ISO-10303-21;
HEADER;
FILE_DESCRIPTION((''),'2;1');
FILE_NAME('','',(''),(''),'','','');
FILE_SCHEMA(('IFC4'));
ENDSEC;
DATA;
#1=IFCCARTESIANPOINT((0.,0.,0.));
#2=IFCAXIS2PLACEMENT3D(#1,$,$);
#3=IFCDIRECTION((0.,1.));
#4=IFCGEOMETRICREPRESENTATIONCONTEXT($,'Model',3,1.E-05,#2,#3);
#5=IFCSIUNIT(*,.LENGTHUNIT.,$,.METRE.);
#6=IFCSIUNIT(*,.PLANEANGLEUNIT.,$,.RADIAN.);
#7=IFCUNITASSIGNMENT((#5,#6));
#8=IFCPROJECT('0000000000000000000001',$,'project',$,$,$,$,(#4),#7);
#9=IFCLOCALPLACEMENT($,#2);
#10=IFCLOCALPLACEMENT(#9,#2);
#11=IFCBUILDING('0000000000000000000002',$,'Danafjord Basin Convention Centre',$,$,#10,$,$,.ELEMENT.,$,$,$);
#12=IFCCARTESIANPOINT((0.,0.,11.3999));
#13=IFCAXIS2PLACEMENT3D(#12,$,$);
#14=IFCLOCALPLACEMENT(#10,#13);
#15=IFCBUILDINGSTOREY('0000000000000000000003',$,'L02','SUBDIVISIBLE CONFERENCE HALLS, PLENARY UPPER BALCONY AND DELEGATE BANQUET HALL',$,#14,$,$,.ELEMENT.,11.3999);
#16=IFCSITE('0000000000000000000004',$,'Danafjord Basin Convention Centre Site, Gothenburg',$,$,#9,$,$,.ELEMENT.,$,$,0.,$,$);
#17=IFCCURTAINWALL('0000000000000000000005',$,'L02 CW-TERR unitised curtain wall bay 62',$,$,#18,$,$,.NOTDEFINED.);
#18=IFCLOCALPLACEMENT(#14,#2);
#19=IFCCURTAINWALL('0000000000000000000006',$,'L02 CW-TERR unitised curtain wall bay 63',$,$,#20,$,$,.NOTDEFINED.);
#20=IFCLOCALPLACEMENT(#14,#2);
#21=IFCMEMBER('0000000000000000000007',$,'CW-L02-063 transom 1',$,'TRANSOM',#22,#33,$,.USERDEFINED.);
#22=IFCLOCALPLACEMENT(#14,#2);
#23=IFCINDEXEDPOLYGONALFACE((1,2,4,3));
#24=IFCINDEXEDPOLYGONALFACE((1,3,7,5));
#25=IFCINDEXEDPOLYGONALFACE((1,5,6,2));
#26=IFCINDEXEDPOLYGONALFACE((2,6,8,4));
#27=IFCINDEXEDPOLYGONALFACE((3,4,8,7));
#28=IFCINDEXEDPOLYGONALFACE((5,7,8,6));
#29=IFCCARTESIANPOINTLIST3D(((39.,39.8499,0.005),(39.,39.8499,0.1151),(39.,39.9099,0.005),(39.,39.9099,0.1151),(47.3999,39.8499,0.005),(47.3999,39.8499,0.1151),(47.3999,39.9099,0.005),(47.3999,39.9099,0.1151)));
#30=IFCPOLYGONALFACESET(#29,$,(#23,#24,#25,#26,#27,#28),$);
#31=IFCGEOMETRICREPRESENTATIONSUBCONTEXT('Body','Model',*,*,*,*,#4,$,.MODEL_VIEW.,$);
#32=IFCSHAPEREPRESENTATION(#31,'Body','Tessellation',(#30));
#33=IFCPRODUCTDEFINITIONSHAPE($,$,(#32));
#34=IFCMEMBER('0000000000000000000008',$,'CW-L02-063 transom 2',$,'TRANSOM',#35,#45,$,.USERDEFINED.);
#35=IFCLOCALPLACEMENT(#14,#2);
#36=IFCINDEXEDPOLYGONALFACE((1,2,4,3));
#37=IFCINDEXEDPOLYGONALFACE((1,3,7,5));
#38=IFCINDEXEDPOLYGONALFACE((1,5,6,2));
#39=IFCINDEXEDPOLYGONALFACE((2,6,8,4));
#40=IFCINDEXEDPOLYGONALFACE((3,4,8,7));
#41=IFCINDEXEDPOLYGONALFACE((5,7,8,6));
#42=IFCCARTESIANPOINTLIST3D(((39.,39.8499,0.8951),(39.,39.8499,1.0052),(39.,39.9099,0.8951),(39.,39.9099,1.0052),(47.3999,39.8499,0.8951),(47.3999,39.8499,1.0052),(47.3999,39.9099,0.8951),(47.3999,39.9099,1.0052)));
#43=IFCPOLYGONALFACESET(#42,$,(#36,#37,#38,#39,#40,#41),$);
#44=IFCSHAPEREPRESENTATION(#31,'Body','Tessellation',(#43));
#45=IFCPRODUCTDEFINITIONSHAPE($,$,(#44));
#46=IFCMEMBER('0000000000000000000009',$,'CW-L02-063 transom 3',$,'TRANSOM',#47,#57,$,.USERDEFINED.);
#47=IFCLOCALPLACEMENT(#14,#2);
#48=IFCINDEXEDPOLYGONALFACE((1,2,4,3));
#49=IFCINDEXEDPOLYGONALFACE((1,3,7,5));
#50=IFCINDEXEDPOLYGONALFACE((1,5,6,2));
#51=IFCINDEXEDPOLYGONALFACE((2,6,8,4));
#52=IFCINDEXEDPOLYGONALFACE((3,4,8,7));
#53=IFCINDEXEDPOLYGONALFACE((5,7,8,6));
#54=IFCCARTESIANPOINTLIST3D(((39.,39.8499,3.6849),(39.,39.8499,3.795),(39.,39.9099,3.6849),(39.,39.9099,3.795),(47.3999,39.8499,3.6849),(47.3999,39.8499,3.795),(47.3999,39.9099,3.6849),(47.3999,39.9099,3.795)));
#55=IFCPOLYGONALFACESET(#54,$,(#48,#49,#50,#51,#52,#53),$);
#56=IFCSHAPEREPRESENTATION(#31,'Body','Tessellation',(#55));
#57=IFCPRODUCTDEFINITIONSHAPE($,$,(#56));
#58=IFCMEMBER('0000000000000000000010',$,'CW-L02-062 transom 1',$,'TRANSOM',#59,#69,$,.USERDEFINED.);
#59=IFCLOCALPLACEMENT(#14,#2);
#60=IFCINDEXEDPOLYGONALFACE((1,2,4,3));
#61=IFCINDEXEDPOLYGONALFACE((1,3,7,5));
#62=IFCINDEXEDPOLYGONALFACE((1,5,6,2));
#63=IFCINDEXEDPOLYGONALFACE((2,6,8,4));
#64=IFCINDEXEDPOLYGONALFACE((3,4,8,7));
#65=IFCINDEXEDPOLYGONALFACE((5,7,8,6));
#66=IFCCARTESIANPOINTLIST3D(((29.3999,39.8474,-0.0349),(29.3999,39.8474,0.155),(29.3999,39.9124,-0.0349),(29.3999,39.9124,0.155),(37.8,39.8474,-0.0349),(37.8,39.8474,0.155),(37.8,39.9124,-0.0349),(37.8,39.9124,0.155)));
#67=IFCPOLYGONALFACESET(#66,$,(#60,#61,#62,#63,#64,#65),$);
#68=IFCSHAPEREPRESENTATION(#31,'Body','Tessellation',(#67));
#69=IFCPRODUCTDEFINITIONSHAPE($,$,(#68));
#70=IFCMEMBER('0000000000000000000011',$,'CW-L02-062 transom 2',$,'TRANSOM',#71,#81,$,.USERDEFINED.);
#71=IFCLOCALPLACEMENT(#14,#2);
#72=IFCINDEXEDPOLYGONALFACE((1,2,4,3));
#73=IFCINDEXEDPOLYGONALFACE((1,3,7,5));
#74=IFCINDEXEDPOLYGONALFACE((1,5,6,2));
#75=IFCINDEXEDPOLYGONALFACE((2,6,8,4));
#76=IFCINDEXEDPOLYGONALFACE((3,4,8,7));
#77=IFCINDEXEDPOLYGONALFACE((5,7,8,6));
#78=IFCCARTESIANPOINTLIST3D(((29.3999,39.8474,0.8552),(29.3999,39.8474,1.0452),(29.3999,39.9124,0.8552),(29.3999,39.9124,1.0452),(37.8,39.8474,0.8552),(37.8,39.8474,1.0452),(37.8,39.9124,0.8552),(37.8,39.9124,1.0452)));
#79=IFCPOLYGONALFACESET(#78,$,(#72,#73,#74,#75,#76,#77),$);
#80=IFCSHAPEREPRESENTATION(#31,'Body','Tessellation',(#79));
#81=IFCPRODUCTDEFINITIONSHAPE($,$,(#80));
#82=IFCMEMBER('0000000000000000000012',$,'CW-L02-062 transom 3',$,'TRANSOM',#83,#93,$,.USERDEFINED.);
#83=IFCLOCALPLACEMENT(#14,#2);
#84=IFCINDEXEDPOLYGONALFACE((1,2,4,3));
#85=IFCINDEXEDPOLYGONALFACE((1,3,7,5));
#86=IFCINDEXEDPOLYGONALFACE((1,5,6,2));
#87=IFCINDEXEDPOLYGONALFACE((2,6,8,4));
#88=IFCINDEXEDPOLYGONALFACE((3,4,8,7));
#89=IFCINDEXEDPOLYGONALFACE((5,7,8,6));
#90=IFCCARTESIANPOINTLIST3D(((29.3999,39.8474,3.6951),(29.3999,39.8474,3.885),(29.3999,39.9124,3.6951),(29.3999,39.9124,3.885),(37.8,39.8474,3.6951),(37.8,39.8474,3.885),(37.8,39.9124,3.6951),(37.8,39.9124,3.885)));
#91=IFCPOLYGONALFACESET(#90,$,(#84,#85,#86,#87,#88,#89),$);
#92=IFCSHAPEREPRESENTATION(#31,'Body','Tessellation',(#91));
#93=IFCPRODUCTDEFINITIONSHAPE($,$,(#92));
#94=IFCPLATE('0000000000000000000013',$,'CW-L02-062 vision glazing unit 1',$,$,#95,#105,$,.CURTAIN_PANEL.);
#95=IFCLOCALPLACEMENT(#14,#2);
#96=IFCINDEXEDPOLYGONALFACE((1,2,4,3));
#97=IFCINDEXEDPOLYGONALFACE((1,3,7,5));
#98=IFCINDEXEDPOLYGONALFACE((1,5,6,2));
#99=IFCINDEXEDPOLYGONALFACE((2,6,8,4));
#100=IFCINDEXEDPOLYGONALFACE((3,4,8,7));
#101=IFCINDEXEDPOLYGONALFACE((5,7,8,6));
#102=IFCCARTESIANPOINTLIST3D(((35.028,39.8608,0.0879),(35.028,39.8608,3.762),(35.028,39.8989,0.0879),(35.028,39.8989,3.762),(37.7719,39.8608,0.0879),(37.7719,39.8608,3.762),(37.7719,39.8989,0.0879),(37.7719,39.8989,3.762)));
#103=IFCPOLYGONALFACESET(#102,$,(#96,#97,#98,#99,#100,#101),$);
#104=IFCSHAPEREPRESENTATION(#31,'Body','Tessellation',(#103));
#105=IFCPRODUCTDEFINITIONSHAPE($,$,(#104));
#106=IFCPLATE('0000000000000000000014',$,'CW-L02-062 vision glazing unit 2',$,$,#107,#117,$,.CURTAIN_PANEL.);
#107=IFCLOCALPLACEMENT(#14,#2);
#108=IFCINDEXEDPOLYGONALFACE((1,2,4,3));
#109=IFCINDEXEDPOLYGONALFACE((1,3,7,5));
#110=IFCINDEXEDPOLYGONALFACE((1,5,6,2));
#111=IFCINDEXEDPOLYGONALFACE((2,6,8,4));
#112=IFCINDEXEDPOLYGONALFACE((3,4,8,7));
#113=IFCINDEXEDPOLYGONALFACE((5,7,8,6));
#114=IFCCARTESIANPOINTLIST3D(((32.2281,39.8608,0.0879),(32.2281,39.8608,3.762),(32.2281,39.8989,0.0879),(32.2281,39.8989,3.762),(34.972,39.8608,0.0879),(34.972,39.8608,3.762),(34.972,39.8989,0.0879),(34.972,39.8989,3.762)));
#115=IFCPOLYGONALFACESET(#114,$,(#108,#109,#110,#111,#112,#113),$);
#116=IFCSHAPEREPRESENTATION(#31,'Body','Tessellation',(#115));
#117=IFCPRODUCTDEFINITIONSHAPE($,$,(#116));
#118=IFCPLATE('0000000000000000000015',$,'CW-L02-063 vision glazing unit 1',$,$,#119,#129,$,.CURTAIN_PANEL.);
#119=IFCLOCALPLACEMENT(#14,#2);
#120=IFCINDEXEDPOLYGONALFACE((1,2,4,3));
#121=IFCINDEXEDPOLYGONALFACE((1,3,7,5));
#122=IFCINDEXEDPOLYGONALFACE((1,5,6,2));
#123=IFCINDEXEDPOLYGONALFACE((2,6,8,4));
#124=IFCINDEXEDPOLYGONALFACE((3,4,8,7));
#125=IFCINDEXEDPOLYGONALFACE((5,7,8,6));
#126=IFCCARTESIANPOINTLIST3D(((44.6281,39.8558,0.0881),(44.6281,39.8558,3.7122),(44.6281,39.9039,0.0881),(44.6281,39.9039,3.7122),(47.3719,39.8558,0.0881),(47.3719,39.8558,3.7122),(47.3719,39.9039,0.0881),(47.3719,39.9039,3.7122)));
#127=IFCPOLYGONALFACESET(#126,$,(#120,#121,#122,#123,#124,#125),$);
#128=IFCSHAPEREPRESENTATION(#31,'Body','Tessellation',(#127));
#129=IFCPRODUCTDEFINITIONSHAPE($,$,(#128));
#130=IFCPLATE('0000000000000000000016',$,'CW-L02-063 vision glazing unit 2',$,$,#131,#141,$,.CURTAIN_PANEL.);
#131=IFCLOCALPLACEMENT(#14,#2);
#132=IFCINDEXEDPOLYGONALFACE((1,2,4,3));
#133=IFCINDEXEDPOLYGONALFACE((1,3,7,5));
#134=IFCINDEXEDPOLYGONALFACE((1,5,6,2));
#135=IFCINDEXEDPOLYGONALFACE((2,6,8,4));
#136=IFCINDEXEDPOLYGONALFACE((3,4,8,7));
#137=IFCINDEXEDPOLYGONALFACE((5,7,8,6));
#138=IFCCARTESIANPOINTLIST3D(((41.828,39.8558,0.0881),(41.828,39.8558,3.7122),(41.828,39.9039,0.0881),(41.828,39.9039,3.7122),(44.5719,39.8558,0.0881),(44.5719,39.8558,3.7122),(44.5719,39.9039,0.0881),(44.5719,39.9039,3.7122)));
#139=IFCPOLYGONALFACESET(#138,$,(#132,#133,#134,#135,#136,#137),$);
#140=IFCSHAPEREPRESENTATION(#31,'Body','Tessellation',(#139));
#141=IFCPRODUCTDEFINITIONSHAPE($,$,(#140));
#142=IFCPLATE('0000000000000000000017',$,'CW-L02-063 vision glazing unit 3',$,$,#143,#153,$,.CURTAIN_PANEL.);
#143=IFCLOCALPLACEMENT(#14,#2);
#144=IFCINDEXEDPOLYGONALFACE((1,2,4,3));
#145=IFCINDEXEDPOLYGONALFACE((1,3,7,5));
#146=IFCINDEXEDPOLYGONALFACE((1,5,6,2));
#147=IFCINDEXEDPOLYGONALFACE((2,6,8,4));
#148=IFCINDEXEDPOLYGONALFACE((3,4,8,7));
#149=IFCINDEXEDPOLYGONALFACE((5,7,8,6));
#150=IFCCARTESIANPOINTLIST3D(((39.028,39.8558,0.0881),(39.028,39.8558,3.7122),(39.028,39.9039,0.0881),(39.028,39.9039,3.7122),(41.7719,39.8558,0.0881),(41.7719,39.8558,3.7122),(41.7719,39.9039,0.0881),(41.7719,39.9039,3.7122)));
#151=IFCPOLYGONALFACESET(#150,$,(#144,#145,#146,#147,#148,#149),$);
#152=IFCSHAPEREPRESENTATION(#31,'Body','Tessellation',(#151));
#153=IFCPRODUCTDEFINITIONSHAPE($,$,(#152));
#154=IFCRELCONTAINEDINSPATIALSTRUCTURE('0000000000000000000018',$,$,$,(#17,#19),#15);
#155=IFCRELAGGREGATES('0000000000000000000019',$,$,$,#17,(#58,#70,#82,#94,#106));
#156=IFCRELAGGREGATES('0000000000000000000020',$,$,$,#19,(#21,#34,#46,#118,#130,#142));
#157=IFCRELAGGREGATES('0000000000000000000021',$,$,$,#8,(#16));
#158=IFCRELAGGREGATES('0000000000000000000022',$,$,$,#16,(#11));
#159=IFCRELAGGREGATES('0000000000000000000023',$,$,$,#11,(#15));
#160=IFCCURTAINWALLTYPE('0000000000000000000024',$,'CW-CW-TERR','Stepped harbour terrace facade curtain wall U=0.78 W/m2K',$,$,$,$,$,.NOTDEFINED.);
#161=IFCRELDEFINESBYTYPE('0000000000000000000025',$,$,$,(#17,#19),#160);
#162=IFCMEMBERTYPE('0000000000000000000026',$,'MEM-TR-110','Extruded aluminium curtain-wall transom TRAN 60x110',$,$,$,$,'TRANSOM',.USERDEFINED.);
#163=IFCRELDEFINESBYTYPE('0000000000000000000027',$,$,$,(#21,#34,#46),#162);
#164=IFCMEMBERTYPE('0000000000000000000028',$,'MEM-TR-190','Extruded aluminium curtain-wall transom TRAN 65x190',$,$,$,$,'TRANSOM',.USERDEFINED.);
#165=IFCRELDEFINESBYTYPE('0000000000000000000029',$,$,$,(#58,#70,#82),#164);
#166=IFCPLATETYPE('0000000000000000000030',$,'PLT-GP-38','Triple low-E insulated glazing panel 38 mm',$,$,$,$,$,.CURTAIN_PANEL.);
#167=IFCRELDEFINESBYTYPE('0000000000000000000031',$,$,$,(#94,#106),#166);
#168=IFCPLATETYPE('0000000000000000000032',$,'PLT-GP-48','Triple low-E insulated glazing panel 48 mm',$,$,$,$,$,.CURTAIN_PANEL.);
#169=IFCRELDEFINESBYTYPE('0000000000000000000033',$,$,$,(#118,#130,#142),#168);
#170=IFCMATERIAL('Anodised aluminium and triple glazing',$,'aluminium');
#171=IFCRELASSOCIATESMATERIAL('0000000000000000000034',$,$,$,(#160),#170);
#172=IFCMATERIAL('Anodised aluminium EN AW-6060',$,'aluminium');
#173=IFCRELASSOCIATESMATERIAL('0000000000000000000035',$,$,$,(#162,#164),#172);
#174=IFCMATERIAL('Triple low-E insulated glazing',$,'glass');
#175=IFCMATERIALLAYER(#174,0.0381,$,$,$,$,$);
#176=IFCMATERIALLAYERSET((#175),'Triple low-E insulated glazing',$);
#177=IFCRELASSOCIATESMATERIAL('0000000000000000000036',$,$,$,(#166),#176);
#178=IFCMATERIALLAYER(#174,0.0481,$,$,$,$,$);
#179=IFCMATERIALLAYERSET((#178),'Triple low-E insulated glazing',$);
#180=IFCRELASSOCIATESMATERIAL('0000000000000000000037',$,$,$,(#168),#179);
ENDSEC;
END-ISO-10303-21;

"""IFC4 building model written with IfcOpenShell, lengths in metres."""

from ifc_helpers import new_model, si_unit, direction, frame, origin, origin_2d, place, context, subcontext, project, spatial, rectangle, extrude, material, layer, layer_set, material_profile, profile_set, type_object, element, aggregate, save


model = new_model("IFC4")

# Units and contexts
model_context = context("Model", 3, precision=1e-05, world=origin(), true_north=direction((0.0, 1.0)))
body_context = subcontext(model_context, "Body", "Model", "MODEL_VIEW")
ifc_project = project(units=[si_unit("LENGTHUNIT", "METRE"), si_unit("PLANEANGLEUNIT", "RADIAN")], contexts=[model_context])

# Site, building, storey
site_placement = place(None, origin())
site = spatial("IfcSite", under=ifc_project, at=site_placement, Name="Danafjord Basin Convention Centre Site, Gothenburg", CompositionType="ELEMENT", RefElevation=0.0)
building_placement = place(site_placement, origin())
building = spatial("IfcBuilding", under=site, at=building_placement, Name="Danafjord Basin Convention Centre", CompositionType="ELEMENT")
storey_placement = place(building_placement, frame((0.0, 0.0, 11.3999)))
storey = spatial("IfcBuildingStorey", under=building, at=storey_placement, Name="L02", Description="SUBDIVISIBLE CONFERENCE HALLS, PLENARY UPPER BALCONY AND DELEGATE BANQUET HALL", CompositionType="ELEMENT", Elevation=11.3999)

# Curtain walls, members
ifc_material_1 = material(Name="Anodised aluminium and triple glazing", Category="aluminium")
curtain_wall_type = type_object("IfcCurtainWallType", Name="CW-CW-TERR", Description="Stepped harbour terrace facade curtain wall U=0.78 W/m2K", PredefinedType="NOTDEFINED", material=ifc_material_1)
curtain_wall_1_placement = place(storey_placement, origin())
curtain_wall_1 = element("IfcCurtainWall", 1, at=curtain_wall_1_placement, inside=storey, type_object=curtain_wall_type, Name="L02 CW-TERR unitised curtain wall bay 62", PredefinedType="NOTDEFINED")
ifc_material_2 = material(Name="Anodised aluminium EN AW-6060", Category="aluminium")
curtain_wall_2_placement = place(storey_placement, origin())
curtain_wall_2 = element("IfcCurtainWall", 2, at=curtain_wall_2_placement, inside=storey, type_object=curtain_wall_type, Name="L02 CW-TERR unitised curtain wall bay 63", PredefinedType="NOTDEFINED")
ifc_material_profile_1 = material_profile(ifc_material_2, rectangle(XDim=0.0601, YDim=0.1101, at=origin_2d()), Name="TRAN 60x110")
ifc_profile_set_1 = profile_set([ifc_material_profile_1], Name="Anodised aluminium EN AW-6060")
member_type_1 = type_object("IfcMemberType", Name="MEM-TR-110", Description="Extruded aluminium curtain-wall transom TRAN 60x110", ElementType="TRANSOM", PredefinedType="USERDEFINED", material=ifc_profile_set_1)
member_1_placement = place(storey_placement, frame((47.3999, 39.8799, 0.0601), z_axis=(-1.0, 0.0, 0.0), x_axis=(0.0, -1.0, 0.0)))
member_1 = element("IfcMember", 3, at=member_1_placement, type_object=member_type_1, Name="CW-L02-063 transom 1", ObjectType="TRANSOM", PredefinedType="USERDEFINED", context=body_context, shape_type="SweptSolid", body=[
    extrude(rectangle(XDim=0.0601, YDim=0.1101, at=origin_2d()), origin(), (0.0, 0.0, 1.0), 8.3999),
])
member_2_placement = place(storey_placement, frame((47.3999, 39.8799, 0.9502), z_axis=(-1.0, 0.0, 0.0), x_axis=(0.0, -1.0, 0.0)))
member_2 = element("IfcMember", 4, at=member_2_placement, type_object=member_type_1, Name="CW-L02-063 transom 2", ObjectType="TRANSOM", PredefinedType="USERDEFINED", context=body_context, shape_type="SweptSolid", body=[
    extrude(rectangle(XDim=0.0601, YDim=0.1101, at=origin_2d()), origin(), (0.0, 0.0, 1.0), 8.3999),
])
member_3_placement = place(storey_placement, frame((47.3999, 39.8799, 3.74), z_axis=(-1.0, 0.0, 0.0), x_axis=(0.0, -1.0, 0.0)))
member_3 = element("IfcMember", 5, at=member_3_placement, type_object=member_type_1, Name="CW-L02-063 transom 3", ObjectType="TRANSOM", PredefinedType="USERDEFINED", context=body_context, shape_type="SweptSolid", body=[
    extrude(rectangle(XDim=0.0601, YDim=0.1101, at=origin_2d()), origin(), (0.0, 0.0, 1.0), 8.3999),
])

# Members
ifc_material_profile_2 = material_profile(ifc_material_2, rectangle(XDim=0.0649, YDim=0.1899, at=origin_2d()), Name="TRAN 65x190")
ifc_profile_set_2 = profile_set([ifc_material_profile_2], Name="Anodised aluminium EN AW-6060")
member_type_2 = type_object("IfcMemberType", Name="MEM-TR-190", Description="Extruded aluminium curtain-wall transom TRAN 65x190", ElementType="TRANSOM", PredefinedType="USERDEFINED", material=ifc_profile_set_2)
member_4_placement = place(storey_placement, frame((37.8, 39.8799, 0.0601), z_axis=(-1.0, 0.0, 0.0), x_axis=(0.0, -1.0, 0.0)))
member_4 = element("IfcMember", 6, at=member_4_placement, type_object=member_type_2, Name="CW-L02-062 transom 1", ObjectType="TRANSOM", PredefinedType="USERDEFINED", context=body_context, shape_type="SweptSolid", body=[
    extrude(rectangle(XDim=0.0649, YDim=0.1899, at=origin_2d()), origin(), (0.0, 0.0, 1.0), 8.4001),
])
member_5_placement = place(storey_placement, frame((37.8, 39.8799, 0.9502), z_axis=(-1.0, 0.0, 0.0), x_axis=(0.0, -1.0, 0.0)))
member_5 = element("IfcMember", 7, at=member_5_placement, type_object=member_type_2, Name="CW-L02-062 transom 2", ObjectType="TRANSOM", PredefinedType="USERDEFINED", context=body_context, shape_type="SweptSolid", body=[
    extrude(rectangle(XDim=0.0649, YDim=0.1899, at=origin_2d()), origin(), (0.0, 0.0, 1.0), 8.4001),
])
member_6_placement = place(storey_placement, frame((37.8, 39.8799, 3.79), z_axis=(-1.0, 0.0, 0.0), x_axis=(0.0, -1.0, 0.0)))
member_6 = element("IfcMember", 8, at=member_6_placement, type_object=member_type_2, Name="CW-L02-062 transom 3", ObjectType="TRANSOM", PredefinedType="USERDEFINED", context=body_context, shape_type="SweptSolid", body=[
    extrude(rectangle(XDim=0.0649, YDim=0.1899, at=origin_2d()), origin(), (0.0, 0.0, 1.0), 8.4001),
])

# Plates
ifc_material_3 = material(Name="Triple low-E insulated glazing", Category="glass")
ifc_layer_1 = layer(ifc_material_3, 0.0381)
ifc_layer_set_1 = layer_set([ifc_layer_1], Name="Triple low-E insulated glazing")
plate_type_1 = type_object("IfcPlateType", Name="PLT-GP-38", Description="Triple low-E insulated glazing panel 38 mm", PredefinedType="CURTAIN_PANEL", material=ifc_layer_set_1)
plate_1_placement = place(storey_placement, frame((36.3999, 39.8799, 0.0879), z_axis=(0.0, 0.0, 1.0), x_axis=(-1.0, 0.0, 0.0)))
plate_1 = element("IfcPlate", 9, at=plate_1_placement, type_object=plate_type_1, Name="CW-L02-062 vision glazing unit 1", PredefinedType="CURTAIN_PANEL", context=body_context, shape_type="SweptSolid", body=[
    extrude(rectangle(XDim=2.7439, YDim=0.0381, at=origin_2d()), origin(), (0.0, 0.0, 1.0), 3.6741),
])
plate_2_placement = place(storey_placement, frame((33.6001, 39.8799, 0.0879), z_axis=(0.0, 0.0, 1.0), x_axis=(-1.0, 0.0, 0.0)))
plate_2 = element("IfcPlate", 10, at=plate_2_placement, type_object=plate_type_1, Name="CW-L02-062 vision glazing unit 2", PredefinedType="CURTAIN_PANEL", context=body_context, shape_type="SweptSolid", body=[
    extrude(rectangle(XDim=2.7439, YDim=0.0381, at=origin_2d()), origin(), (0.0, 0.0, 1.0), 3.6741),
])
aggregate(curtain_wall_1, [member_4, member_5, member_6, plate_1, plate_2])
ifc_layer_2 = layer(ifc_material_3, 0.0481)
ifc_layer_set_2 = layer_set([ifc_layer_2], Name="Triple low-E insulated glazing")
plate_type_2 = type_object("IfcPlateType", Name="PLT-GP-48", Description="Triple low-E insulated glazing panel 48 mm", PredefinedType="CURTAIN_PANEL", material=ifc_layer_set_2)
plate_3_placement = place(storey_placement, frame((46.0, 39.8799, 0.0881), z_axis=(0.0, 0.0, 1.0), x_axis=(-1.0, 0.0, 0.0)))
plate_3 = element("IfcPlate", 11, at=plate_3_placement, type_object=plate_type_2, Name="CW-L02-063 vision glazing unit 1", PredefinedType="CURTAIN_PANEL", context=body_context, shape_type="SweptSolid", body=[
    extrude(rectangle(XDim=2.7439, YDim=0.0481, at=origin_2d()), origin(), (0.0, 0.0, 1.0), 3.624),
])
plate_4_placement = place(storey_placement, frame((43.2, 39.8799, 0.0881), z_axis=(0.0, 0.0, 1.0), x_axis=(-1.0, 0.0, 0.0)))
plate_4 = element("IfcPlate", 12, at=plate_4_placement, type_object=plate_type_2, Name="CW-L02-063 vision glazing unit 2", PredefinedType="CURTAIN_PANEL", context=body_context, shape_type="SweptSolid", body=[
    extrude(rectangle(XDim=2.7439, YDim=0.0481, at=origin_2d()), origin(), (0.0, 0.0, 1.0), 3.624),
])
plate_5_placement = place(storey_placement, frame((40.3999, 39.8799, 0.0881), z_axis=(0.0, 0.0, 1.0), x_axis=(-1.0, 0.0, 0.0)))
plate_5 = element("IfcPlate", 13, at=plate_5_placement, type_object=plate_type_2, Name="CW-L02-063 vision glazing unit 3", PredefinedType="CURTAIN_PANEL", context=body_context, shape_type="SweptSolid", body=[
    extrude(rectangle(XDim=2.7439, YDim=0.0481, at=origin_2d()), origin(), (0.0, 0.0, 1.0), 3.624),
])
aggregate(curtain_wall_2, [member_1, member_2, member_3, plate_3, plate_4, plate_5])

save(model, "model.ifc")
